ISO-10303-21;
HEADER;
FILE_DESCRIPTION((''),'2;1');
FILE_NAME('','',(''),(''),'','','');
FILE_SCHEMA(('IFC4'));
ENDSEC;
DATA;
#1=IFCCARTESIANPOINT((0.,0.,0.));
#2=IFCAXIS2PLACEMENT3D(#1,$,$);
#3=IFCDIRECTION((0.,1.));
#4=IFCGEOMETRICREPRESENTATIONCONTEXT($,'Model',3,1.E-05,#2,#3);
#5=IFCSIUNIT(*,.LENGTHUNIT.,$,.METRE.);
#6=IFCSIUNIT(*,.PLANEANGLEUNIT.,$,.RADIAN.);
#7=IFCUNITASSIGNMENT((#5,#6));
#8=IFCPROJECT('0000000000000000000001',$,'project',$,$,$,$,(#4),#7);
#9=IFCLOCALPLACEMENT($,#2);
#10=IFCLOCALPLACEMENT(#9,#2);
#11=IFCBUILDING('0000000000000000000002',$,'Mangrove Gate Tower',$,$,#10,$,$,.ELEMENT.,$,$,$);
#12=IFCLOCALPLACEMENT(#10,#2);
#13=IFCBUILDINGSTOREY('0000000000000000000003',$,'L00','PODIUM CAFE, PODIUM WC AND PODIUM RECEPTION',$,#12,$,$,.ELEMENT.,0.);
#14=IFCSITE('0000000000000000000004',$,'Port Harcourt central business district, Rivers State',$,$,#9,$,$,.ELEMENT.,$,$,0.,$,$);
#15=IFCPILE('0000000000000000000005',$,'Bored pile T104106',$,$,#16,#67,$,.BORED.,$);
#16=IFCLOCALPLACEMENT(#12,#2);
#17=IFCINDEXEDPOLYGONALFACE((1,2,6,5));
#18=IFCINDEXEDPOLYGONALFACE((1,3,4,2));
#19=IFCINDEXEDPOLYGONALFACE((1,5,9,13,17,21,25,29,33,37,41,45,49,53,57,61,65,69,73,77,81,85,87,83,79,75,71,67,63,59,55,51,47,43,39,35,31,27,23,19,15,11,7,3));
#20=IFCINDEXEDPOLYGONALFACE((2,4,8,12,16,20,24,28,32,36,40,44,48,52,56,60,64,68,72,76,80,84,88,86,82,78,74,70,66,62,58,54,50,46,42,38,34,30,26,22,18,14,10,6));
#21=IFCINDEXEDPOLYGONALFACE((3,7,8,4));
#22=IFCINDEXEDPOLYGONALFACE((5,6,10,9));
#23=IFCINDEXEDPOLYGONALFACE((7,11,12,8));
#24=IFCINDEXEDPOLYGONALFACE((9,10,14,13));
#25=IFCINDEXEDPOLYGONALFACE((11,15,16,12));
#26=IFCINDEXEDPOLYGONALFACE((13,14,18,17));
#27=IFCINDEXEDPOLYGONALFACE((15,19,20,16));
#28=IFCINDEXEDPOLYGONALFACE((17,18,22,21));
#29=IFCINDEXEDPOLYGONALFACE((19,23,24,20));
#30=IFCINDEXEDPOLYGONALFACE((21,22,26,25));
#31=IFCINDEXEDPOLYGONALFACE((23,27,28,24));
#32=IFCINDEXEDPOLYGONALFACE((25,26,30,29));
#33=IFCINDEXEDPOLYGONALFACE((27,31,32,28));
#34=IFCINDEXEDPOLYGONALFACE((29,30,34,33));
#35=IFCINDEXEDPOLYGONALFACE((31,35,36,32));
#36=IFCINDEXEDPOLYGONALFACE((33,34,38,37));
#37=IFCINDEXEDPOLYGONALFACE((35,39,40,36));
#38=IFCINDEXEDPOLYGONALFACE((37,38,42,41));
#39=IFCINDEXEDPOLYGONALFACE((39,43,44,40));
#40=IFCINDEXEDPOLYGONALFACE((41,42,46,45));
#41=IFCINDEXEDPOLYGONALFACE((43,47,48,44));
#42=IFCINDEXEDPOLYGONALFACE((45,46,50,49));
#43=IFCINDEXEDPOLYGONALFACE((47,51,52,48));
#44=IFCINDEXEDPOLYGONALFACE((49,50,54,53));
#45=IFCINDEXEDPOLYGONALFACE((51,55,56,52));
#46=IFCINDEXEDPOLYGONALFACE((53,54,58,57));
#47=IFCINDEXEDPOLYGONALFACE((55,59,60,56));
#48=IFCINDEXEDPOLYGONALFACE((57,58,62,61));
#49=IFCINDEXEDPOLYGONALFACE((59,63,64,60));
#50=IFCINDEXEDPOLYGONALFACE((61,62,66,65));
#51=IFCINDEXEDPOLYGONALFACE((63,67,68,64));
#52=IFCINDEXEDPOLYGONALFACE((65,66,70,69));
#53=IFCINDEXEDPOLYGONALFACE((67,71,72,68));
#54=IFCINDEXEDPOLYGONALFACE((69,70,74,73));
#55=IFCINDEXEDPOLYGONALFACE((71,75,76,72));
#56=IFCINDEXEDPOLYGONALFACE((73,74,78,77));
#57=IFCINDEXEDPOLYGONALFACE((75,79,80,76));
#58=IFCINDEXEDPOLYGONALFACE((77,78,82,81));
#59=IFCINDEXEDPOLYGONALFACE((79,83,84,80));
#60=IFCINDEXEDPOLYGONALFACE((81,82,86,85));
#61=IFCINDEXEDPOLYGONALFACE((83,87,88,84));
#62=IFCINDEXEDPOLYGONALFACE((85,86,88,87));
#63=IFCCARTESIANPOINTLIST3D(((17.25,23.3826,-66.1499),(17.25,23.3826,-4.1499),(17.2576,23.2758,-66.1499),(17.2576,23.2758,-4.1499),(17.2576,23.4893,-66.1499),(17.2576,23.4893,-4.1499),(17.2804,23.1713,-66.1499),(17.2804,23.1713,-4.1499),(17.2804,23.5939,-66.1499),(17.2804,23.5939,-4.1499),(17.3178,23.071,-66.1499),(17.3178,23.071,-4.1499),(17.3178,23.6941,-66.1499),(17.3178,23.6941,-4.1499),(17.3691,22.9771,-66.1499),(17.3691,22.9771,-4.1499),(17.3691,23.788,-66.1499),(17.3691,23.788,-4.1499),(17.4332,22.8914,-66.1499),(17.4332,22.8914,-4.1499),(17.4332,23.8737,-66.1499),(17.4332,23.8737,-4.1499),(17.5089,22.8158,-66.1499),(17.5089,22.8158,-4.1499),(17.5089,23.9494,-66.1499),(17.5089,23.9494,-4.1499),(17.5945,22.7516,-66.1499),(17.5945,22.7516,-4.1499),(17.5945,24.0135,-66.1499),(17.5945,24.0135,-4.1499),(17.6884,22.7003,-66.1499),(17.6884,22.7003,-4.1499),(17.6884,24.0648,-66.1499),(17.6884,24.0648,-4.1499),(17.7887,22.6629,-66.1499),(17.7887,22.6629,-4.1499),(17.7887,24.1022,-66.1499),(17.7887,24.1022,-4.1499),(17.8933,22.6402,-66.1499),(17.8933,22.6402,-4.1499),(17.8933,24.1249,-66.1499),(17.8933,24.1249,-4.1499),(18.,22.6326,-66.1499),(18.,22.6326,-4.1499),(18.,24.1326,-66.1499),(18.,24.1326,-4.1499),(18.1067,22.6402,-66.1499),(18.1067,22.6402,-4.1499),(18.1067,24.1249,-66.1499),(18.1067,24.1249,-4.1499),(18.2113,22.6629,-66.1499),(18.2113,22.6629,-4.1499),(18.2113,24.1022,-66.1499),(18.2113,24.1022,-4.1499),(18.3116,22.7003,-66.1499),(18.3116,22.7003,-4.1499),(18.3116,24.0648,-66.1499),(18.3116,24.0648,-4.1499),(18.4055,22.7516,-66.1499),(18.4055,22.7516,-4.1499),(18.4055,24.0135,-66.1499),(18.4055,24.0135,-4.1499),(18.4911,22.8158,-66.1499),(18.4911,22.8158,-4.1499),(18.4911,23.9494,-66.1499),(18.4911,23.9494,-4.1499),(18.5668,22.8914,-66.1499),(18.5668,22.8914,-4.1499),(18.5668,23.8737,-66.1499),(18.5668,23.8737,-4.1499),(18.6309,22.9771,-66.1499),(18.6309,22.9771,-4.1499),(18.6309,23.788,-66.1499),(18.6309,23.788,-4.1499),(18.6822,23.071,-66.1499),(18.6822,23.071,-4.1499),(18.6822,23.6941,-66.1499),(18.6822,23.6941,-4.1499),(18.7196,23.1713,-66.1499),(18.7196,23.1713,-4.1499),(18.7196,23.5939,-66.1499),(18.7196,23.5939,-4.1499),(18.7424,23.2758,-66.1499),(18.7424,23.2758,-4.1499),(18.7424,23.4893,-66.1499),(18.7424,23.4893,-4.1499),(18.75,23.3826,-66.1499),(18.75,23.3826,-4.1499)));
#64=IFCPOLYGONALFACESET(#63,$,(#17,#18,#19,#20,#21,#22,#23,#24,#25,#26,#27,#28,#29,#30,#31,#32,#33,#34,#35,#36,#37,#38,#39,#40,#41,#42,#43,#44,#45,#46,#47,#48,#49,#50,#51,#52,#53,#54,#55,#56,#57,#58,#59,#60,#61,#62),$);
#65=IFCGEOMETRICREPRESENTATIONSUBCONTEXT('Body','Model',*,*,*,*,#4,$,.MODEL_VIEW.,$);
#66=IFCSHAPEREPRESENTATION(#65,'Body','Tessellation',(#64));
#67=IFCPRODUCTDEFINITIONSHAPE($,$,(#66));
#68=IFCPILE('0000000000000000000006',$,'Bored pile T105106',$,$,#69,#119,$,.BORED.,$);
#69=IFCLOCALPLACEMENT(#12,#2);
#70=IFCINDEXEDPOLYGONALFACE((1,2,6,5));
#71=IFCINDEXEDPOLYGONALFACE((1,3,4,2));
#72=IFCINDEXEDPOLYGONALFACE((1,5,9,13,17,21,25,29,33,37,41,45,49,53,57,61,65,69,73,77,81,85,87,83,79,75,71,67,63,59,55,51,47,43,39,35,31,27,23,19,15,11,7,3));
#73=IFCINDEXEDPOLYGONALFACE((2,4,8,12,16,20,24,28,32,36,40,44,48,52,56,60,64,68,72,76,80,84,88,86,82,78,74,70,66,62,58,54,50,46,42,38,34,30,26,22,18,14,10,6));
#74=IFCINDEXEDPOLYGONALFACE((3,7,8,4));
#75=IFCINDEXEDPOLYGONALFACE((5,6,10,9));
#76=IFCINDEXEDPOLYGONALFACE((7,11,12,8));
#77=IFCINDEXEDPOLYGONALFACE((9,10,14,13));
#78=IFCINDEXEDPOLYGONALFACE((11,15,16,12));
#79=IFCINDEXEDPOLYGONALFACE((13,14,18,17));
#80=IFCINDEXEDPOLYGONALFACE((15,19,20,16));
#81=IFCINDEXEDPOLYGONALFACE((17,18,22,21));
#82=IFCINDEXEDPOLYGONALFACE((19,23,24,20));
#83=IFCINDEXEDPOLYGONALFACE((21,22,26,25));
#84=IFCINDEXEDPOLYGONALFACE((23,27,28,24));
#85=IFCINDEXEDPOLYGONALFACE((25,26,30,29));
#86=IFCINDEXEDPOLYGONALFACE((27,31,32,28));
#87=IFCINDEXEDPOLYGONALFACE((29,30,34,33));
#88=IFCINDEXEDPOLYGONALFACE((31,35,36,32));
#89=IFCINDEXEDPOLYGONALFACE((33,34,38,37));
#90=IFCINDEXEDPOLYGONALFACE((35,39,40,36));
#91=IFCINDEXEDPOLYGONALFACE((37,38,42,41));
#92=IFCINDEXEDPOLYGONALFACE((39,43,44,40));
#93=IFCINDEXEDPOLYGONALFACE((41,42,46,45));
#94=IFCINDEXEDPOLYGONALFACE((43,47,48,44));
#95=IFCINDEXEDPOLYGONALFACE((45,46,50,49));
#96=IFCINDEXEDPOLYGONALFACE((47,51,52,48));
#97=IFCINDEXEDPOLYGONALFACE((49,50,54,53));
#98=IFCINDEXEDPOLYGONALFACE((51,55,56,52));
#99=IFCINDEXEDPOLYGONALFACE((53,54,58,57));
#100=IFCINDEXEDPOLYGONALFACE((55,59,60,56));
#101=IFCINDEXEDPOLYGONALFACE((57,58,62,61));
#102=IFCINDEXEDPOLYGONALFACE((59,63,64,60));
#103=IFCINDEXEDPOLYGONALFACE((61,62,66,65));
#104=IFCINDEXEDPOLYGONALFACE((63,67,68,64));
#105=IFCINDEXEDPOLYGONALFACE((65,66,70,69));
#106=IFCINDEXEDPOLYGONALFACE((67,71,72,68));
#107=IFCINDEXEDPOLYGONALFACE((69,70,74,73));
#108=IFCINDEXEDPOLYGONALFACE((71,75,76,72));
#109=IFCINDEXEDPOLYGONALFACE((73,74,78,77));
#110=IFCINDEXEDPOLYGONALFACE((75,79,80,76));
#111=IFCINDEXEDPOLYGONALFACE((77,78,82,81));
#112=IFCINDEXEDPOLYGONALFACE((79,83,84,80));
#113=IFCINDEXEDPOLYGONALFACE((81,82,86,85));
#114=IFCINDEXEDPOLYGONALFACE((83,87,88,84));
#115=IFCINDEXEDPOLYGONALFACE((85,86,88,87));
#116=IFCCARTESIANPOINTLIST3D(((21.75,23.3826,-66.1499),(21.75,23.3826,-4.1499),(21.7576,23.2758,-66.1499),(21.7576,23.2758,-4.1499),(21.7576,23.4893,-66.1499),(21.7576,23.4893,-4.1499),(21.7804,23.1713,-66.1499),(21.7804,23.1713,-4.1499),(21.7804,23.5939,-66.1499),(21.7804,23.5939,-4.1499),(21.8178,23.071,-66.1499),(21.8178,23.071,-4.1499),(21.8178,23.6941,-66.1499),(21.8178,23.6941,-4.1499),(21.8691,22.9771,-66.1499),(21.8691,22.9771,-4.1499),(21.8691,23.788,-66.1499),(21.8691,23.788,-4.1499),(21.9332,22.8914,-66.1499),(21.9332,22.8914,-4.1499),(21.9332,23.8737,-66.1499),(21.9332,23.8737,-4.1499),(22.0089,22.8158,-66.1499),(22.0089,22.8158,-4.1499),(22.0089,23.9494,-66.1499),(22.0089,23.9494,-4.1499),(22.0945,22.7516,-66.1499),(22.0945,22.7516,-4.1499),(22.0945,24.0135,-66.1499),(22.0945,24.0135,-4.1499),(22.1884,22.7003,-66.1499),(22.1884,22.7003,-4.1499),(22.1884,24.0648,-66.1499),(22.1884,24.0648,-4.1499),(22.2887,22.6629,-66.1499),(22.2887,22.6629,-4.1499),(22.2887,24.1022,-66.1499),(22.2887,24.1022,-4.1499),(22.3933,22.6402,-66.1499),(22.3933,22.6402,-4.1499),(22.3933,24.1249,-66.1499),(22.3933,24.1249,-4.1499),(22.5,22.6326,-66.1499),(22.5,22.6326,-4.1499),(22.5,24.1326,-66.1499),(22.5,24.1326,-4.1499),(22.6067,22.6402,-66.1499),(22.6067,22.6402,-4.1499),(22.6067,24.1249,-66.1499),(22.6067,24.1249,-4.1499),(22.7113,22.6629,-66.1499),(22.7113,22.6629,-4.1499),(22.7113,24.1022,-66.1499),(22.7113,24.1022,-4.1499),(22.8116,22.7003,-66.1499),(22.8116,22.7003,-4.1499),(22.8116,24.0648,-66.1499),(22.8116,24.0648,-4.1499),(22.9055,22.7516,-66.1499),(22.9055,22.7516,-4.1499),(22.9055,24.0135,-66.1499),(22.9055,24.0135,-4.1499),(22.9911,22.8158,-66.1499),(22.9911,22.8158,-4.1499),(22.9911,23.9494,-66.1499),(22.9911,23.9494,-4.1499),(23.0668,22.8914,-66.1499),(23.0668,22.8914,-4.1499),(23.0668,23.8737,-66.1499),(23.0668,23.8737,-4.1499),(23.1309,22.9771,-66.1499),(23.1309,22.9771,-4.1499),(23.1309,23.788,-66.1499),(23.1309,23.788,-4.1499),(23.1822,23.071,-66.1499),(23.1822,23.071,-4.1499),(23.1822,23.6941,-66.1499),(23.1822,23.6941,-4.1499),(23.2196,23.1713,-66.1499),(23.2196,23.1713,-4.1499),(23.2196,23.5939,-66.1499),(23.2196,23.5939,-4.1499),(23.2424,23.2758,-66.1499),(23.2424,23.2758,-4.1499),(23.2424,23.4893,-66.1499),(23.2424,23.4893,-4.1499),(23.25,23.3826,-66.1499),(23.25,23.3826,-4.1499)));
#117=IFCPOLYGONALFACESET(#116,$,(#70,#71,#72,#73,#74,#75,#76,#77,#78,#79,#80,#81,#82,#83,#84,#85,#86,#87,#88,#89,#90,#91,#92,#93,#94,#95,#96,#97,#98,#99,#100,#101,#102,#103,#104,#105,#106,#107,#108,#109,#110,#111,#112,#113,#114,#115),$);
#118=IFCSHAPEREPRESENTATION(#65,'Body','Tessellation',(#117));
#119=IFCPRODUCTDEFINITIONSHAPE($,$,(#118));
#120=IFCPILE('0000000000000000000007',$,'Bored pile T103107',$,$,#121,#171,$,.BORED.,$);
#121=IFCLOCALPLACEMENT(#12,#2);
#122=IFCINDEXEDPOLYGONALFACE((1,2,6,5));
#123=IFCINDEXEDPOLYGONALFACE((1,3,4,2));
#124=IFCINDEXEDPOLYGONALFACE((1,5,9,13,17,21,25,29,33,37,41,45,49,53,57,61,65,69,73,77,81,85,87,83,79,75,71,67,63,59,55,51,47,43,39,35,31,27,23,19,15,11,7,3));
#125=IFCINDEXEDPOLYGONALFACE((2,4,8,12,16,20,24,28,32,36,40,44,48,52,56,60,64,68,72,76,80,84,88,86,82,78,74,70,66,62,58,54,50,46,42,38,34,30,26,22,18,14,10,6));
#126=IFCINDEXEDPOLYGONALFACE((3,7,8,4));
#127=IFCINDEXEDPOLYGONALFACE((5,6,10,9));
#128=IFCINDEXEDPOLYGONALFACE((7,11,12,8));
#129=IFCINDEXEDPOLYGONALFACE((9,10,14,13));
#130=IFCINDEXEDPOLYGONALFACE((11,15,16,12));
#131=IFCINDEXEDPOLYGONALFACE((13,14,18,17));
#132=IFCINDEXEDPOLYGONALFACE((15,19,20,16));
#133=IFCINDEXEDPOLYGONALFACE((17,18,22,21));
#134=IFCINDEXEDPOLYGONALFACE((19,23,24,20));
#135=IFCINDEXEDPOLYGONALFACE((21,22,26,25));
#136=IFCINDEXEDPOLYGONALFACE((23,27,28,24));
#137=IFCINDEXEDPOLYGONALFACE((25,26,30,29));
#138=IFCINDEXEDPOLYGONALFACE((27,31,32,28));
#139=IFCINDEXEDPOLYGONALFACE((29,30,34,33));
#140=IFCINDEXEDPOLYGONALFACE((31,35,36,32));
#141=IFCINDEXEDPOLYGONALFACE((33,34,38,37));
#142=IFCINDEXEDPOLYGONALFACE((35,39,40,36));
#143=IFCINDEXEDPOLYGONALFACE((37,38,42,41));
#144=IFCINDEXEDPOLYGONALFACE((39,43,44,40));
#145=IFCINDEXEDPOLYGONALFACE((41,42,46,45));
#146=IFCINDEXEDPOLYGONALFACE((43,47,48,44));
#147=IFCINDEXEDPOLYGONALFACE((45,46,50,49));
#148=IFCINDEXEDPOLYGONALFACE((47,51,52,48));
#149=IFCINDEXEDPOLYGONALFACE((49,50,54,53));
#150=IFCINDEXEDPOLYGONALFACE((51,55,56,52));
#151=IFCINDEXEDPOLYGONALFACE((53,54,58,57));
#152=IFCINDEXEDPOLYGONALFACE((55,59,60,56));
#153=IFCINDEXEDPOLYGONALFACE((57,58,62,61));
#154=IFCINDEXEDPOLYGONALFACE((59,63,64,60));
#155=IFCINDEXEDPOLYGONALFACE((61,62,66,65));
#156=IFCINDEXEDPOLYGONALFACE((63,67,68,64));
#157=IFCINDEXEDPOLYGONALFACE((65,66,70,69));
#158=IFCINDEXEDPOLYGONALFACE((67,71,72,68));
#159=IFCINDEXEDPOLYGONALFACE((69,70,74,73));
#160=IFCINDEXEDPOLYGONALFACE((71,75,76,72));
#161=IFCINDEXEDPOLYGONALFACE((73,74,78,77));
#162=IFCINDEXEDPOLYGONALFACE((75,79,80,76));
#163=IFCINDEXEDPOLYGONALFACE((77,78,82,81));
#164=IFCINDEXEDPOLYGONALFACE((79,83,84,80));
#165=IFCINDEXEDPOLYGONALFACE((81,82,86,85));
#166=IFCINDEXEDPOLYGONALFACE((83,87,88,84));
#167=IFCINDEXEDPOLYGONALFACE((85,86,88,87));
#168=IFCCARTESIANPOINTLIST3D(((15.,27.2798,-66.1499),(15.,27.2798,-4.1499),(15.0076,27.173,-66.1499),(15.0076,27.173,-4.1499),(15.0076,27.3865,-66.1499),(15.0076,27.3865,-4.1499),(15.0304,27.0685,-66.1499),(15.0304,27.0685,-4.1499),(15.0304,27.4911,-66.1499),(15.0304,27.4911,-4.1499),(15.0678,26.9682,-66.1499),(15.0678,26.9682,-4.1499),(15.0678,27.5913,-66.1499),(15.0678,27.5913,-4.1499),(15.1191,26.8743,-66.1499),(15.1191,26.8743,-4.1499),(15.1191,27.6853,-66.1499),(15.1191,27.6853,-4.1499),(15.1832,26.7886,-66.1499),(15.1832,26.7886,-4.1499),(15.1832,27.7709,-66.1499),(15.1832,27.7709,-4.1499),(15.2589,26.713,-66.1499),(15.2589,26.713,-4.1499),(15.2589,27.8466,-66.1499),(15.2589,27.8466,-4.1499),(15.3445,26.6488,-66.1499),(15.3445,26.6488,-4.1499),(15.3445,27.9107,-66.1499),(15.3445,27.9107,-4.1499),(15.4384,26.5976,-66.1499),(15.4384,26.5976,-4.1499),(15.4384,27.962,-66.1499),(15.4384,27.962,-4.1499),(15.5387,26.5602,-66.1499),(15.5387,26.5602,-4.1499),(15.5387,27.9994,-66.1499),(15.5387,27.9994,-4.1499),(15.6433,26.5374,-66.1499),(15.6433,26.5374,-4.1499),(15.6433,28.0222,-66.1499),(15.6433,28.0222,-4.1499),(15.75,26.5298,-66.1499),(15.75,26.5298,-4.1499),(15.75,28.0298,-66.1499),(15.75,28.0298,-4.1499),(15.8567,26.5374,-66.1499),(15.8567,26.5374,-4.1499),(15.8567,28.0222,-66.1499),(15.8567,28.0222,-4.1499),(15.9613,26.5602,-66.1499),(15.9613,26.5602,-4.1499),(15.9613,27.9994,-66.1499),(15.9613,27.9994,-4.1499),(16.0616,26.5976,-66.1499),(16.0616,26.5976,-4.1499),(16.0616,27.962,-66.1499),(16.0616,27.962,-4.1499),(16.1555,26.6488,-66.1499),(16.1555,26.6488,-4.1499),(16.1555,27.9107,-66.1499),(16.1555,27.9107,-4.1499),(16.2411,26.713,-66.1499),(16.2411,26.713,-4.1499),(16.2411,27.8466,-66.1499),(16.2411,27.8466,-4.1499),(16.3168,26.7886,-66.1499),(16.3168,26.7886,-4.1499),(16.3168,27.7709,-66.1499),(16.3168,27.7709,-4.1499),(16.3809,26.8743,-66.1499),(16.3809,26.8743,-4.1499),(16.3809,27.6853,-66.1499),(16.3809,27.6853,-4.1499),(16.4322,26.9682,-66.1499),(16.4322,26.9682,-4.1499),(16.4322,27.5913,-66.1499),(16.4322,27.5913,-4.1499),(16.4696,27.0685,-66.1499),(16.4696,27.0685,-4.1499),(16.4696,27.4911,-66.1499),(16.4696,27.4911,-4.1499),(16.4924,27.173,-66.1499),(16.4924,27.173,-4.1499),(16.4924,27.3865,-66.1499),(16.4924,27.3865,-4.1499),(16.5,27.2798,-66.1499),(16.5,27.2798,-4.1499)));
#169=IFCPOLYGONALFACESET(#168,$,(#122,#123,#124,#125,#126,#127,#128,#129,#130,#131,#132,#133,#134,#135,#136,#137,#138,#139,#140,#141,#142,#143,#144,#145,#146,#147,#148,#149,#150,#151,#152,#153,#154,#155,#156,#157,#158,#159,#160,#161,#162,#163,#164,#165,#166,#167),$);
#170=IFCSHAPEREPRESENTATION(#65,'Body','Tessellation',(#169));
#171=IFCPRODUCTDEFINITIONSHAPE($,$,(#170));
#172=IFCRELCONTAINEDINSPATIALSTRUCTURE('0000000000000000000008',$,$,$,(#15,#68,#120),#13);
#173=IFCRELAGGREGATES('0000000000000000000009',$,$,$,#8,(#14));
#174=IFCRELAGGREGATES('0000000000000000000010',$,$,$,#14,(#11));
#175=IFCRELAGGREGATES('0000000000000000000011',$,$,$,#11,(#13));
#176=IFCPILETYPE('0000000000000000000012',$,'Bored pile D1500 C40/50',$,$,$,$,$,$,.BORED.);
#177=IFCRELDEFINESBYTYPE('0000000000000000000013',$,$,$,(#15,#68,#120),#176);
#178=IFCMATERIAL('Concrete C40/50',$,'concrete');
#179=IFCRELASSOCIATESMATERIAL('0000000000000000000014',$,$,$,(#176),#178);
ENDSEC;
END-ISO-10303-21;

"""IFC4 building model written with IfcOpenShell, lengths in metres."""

from ifc_helpers import new_model, si_unit, direction, frame, origin, origin_2d, place, context, subcontext, project, spatial, circle, extrude, material, material_profile, profile_set, type_object, element, save


model = new_model("IFC4")

# Units and contexts
model_context = context("Model", 3, precision=1e-05, world=origin(), true_north=direction((0.0, 1.0)))
body_context = subcontext(model_context, "Body", "Model", "MODEL_VIEW")
ifc_project = project(units=[si_unit("LENGTHUNIT", "METRE"), si_unit("PLANEANGLEUNIT", "RADIAN")], contexts=[model_context])

# Site, building, storey
site_placement = place(None, origin())
site = spatial("IfcSite", under=ifc_project, at=site_placement, Name="Port Harcourt central business district, Rivers State", CompositionType="ELEMENT", RefElevation=0.0)
building_placement = place(site_placement, origin())
building = spatial("IfcBuilding", under=site, at=building_placement, Name="Mangrove Gate Tower", CompositionType="ELEMENT")
storey_placement = place(building_placement, origin())
storey = spatial("IfcBuildingStorey", under=building, at=storey_placement, Name="L00", Description="PODIUM CAFE, PODIUM WC AND PODIUM RECEPTION", CompositionType="ELEMENT", Elevation=0.0)

# Piles
ifc_material_1 = material(Name="Concrete C40/50", Category="concrete")
ifc_material_profile_1 = material_profile(ifc_material_1, circle(Radius=0.75, at=origin_2d()))
ifc_profile_set_1 = profile_set([ifc_material_profile_1], Name="Concrete C40/50")
pile_type = type_object("IfcPileType", Name="Bored pile D1500 C40/50", PredefinedType="BORED", material=ifc_profile_set_1)
for number, where, z_axis, x_axis, name in (
    (1, (18.0, 23.3826, -4.1499), (0.0, 0.0, -1.0), (1.0, 0.0, 0.0), "Bored pile T104106"),
    (2, (22.5, 23.3826, -4.1499), (0.0, 0.0, -1.0), (1.0, 0.0, 0.0), "Bored pile T105106"),
    (3, (15.75, 27.2798, -4.1499), (0.0, 0.0, -1.0), (1.0, 0.0, 0.0), "Bored pile T103107"),
):
    element("IfcPile", number, at=place(storey_placement, frame(where, z_axis=z_axis, x_axis=x_axis)), inside=storey, type_object=pile_type, Name=name, PredefinedType="BORED", context=body_context, shape_type="SweptSolid", body=[
        extrude(circle(Radius=0.75, at=origin_2d()), origin(), (0.0, 0.0, 1.0), 62.0),
    ])

save(model, "model.ifc")
